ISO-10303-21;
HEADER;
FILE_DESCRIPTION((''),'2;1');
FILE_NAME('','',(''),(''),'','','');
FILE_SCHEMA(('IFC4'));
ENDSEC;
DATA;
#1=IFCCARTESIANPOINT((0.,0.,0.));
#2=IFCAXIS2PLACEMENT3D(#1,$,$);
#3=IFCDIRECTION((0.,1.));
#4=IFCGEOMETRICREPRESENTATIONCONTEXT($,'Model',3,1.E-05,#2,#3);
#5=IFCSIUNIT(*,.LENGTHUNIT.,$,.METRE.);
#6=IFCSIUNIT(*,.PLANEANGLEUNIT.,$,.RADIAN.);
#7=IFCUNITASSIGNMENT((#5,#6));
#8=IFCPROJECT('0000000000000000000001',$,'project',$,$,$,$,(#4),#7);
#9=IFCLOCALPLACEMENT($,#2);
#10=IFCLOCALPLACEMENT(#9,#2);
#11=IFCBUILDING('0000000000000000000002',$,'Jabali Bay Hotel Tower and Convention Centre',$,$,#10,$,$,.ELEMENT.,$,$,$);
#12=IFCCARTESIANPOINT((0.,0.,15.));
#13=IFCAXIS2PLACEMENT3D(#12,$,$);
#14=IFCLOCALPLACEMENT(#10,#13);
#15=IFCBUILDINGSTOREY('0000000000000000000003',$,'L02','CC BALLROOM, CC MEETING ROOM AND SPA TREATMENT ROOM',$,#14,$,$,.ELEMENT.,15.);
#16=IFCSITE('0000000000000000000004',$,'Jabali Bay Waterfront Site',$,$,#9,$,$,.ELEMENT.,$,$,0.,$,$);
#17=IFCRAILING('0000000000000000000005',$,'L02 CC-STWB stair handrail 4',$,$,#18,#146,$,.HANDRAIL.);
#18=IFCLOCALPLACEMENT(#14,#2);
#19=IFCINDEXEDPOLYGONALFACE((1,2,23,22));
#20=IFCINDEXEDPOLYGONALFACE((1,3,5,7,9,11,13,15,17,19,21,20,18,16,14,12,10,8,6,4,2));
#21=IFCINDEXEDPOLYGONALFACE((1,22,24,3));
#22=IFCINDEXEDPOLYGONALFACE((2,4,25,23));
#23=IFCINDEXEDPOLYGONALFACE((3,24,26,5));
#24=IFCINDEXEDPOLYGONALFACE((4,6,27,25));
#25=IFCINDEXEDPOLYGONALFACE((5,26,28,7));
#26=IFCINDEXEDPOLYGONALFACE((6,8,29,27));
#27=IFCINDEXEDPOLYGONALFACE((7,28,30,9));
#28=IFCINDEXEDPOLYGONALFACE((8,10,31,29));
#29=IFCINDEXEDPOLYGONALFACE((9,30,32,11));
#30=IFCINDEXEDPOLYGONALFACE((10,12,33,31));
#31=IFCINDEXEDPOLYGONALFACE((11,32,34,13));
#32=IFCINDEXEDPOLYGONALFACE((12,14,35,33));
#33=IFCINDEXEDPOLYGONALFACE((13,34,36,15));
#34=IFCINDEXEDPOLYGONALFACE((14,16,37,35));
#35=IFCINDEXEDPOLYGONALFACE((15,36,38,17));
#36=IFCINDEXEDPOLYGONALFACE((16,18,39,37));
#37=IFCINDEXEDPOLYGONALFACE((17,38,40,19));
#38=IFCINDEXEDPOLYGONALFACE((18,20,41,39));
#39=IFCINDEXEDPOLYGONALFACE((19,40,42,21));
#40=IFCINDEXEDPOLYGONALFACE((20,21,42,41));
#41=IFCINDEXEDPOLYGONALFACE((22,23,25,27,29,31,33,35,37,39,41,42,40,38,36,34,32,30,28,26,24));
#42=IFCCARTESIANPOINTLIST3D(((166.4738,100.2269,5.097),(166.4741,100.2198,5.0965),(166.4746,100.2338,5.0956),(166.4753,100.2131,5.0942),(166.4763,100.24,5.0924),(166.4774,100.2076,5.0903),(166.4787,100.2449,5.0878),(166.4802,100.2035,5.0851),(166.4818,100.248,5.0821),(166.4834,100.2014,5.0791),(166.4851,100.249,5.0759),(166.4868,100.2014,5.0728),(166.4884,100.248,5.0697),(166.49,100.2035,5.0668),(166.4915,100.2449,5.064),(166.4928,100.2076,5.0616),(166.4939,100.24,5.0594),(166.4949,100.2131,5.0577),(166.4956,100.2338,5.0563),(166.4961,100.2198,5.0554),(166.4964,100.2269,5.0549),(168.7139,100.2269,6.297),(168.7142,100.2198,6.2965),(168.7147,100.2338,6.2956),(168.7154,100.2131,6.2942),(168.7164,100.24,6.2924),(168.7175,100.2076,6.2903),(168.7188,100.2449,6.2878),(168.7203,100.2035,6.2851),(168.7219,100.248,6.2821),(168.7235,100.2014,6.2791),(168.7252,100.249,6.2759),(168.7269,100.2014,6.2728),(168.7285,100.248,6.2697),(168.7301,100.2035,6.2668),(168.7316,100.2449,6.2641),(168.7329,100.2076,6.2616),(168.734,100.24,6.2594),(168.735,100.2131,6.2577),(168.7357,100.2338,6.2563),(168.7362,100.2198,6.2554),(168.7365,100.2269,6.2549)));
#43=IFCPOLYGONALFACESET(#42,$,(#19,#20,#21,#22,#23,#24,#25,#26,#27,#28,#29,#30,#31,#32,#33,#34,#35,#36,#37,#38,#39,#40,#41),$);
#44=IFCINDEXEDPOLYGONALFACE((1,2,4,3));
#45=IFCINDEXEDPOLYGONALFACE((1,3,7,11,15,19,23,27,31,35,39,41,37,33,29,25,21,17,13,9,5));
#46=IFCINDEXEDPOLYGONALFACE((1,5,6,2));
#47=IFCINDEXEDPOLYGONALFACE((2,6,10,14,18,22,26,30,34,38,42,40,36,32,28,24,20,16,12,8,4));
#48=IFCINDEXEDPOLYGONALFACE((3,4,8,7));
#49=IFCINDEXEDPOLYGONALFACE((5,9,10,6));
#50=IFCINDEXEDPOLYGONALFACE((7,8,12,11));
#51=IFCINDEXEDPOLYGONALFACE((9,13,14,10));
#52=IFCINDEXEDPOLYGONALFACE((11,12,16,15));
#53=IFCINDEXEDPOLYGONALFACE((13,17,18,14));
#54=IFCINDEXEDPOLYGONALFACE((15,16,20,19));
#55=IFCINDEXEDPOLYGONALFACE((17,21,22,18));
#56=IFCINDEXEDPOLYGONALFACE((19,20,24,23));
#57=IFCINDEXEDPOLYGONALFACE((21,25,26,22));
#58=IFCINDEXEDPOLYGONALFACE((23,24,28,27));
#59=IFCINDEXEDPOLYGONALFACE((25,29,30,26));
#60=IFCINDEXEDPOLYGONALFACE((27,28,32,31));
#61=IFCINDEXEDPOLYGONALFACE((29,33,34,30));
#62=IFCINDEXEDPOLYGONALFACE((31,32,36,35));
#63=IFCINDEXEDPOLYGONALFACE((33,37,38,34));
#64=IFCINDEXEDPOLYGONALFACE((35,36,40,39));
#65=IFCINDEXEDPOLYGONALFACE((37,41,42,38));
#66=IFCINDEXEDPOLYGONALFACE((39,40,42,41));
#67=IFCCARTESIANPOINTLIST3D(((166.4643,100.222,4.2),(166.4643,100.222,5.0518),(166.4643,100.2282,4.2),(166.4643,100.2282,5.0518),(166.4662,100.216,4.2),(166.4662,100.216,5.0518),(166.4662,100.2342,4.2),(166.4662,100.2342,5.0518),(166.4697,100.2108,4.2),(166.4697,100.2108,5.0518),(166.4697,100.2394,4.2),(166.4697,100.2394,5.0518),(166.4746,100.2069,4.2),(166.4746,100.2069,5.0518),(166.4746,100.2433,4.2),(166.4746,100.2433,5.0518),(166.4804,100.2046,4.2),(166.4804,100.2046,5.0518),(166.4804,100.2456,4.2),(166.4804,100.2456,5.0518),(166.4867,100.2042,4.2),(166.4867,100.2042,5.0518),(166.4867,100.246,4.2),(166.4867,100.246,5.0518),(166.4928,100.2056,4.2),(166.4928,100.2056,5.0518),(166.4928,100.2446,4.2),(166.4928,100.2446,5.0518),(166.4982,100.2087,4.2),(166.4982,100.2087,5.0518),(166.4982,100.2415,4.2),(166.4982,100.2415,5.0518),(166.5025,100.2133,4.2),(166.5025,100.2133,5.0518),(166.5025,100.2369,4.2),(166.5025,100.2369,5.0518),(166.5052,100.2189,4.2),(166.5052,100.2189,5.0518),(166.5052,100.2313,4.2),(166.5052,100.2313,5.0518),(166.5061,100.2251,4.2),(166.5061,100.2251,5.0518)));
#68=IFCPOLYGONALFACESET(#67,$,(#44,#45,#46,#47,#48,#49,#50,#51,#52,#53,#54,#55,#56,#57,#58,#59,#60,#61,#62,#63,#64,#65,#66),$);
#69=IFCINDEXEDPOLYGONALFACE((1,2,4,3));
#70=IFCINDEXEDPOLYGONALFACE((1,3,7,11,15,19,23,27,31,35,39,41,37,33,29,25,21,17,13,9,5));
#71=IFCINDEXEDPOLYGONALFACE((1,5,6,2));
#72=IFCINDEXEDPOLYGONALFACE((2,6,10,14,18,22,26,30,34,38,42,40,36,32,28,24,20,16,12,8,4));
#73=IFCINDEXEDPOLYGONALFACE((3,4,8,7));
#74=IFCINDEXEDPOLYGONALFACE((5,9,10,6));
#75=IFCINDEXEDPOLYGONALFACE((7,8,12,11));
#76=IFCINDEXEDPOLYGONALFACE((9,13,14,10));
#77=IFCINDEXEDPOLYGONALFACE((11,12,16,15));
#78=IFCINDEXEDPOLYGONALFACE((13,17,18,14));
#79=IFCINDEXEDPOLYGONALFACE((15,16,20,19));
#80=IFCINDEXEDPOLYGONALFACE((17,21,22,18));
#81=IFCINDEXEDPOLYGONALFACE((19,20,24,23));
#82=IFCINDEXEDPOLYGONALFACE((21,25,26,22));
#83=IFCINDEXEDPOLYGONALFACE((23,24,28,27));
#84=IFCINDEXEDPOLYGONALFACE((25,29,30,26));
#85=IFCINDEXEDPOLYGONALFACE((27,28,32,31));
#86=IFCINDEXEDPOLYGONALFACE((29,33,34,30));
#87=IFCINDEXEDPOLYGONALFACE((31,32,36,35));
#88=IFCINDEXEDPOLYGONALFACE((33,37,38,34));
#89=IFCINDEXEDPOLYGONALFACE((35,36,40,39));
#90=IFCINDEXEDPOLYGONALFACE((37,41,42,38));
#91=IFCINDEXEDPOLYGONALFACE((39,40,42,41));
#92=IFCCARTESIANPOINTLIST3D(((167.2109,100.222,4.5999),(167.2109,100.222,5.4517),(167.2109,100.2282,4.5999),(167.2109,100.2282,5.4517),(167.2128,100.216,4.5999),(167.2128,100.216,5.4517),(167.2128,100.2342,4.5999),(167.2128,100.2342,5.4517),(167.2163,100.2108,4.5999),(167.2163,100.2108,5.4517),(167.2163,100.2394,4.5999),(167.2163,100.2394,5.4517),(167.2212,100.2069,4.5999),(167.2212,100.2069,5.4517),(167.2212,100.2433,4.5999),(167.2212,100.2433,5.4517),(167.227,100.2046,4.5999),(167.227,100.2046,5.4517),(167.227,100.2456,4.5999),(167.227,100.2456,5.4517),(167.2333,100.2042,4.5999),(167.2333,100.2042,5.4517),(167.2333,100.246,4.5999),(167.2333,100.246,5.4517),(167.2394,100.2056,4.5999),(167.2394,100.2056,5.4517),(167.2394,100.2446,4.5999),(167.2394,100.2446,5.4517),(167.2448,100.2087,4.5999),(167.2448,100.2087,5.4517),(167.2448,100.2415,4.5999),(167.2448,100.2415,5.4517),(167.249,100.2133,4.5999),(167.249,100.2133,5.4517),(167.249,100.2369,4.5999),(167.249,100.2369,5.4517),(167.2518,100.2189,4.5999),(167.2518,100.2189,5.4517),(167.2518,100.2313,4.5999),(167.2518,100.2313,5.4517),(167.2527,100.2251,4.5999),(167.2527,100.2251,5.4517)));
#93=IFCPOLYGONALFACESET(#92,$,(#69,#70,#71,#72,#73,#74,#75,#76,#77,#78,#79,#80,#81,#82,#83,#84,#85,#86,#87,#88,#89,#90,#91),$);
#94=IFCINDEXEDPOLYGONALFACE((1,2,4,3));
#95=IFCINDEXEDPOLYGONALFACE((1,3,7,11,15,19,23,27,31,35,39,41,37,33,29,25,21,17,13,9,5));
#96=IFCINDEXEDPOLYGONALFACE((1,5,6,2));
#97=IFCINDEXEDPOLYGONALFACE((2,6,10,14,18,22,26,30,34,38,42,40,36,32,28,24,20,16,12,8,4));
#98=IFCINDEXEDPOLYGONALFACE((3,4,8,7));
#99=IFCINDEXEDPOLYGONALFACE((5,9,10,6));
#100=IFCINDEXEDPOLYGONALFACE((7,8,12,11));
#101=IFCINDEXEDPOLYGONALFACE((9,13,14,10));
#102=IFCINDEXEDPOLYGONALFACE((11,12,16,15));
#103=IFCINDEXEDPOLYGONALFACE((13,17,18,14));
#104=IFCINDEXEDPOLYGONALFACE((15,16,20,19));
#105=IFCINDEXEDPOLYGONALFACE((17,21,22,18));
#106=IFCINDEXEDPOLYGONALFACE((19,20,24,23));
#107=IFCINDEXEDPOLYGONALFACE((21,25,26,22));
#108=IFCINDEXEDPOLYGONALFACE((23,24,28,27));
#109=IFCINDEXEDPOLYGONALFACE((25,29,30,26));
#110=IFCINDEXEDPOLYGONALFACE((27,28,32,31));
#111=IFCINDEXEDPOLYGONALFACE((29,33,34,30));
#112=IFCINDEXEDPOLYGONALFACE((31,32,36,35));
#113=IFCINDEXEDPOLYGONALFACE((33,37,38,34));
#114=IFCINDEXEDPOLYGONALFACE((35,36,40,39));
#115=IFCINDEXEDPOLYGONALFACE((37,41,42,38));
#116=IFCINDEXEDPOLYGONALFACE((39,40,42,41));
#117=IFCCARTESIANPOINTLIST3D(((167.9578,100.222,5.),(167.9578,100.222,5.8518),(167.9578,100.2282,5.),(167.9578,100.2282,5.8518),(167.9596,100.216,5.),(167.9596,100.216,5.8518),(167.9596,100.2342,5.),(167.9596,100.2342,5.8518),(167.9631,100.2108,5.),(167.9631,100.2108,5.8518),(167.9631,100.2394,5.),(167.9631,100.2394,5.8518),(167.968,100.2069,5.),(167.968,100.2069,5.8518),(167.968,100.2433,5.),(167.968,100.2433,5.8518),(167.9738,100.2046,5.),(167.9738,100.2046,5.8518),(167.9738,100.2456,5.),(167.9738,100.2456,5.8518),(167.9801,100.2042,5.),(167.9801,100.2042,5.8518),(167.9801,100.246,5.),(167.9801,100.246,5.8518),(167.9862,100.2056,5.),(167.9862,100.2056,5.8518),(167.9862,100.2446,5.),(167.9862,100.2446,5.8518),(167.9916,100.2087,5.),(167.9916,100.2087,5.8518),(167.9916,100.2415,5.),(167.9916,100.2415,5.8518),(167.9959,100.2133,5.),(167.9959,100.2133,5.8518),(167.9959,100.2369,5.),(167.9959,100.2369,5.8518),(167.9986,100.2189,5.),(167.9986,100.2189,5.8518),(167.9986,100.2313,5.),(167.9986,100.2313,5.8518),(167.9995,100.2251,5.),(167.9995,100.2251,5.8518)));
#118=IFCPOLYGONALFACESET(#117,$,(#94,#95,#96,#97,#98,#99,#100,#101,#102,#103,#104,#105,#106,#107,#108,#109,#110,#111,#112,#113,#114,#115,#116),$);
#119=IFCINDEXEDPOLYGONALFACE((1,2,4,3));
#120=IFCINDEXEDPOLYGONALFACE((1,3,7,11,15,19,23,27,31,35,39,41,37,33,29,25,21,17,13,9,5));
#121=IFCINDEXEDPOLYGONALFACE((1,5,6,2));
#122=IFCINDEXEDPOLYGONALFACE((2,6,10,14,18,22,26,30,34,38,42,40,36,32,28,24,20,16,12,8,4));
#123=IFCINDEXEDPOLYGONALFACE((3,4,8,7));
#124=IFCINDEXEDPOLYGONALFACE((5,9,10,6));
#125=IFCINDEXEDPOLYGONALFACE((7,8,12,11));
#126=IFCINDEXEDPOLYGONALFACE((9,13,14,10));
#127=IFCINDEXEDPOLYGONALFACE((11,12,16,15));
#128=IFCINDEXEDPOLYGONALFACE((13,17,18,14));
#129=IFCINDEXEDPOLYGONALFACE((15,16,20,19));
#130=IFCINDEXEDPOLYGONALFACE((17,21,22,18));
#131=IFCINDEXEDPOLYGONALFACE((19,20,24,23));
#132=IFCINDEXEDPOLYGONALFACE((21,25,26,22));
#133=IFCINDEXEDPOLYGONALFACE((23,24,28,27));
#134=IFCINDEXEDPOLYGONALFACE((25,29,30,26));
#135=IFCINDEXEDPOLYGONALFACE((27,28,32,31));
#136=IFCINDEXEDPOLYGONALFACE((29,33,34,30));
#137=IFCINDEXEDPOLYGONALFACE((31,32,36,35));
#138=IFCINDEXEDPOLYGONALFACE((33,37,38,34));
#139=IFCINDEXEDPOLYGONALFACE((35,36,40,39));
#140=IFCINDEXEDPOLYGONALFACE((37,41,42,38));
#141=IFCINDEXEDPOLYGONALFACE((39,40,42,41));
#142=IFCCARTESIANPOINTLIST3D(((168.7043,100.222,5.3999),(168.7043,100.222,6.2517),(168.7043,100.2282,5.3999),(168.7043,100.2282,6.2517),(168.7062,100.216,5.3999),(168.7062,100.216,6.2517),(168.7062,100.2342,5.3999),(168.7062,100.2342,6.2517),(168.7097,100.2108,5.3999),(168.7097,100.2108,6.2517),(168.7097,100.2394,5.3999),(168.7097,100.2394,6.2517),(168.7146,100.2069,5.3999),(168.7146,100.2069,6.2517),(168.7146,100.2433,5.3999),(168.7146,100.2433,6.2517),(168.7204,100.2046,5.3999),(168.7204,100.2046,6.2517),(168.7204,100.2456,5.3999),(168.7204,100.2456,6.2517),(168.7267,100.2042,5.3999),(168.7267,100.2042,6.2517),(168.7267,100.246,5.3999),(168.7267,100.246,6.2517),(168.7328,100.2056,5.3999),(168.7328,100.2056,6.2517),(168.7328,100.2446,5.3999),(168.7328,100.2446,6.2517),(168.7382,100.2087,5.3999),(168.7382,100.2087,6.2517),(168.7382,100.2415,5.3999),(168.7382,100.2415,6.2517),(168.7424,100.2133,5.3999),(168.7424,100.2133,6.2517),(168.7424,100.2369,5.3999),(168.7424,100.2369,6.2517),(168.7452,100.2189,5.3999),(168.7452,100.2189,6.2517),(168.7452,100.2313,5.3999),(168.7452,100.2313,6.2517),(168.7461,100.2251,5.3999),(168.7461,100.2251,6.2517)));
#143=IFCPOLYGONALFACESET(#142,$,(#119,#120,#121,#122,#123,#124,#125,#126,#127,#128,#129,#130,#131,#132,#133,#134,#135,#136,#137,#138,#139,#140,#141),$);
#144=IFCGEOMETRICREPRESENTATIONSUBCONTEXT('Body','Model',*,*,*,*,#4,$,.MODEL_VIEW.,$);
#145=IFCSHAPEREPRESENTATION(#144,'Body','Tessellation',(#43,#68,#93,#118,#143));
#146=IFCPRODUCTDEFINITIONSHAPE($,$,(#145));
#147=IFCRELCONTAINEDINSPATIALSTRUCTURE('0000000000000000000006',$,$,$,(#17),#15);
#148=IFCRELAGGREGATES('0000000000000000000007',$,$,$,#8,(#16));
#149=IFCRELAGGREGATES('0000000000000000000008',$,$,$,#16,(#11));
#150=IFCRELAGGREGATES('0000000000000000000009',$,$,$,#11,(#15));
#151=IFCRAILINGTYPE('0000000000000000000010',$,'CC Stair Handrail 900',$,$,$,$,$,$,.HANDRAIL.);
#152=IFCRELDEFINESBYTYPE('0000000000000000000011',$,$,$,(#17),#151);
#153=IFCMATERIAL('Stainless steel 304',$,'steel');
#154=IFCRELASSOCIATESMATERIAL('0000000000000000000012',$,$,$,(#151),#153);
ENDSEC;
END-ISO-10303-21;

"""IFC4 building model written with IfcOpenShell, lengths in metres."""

from ifc_helpers import new_model, si_unit, direction, frame, origin, origin_2d, place, context, subcontext, project, spatial, circle, extrude, material, type_object, element, save


model = new_model("IFC4")

# Units and contexts
model_context = context("Model", 3, precision=1e-05, world=origin(), true_north=direction((0.0, 1.0)))
body_context = subcontext(model_context, "Body", "Model", "MODEL_VIEW")
ifc_project = project(units=[si_unit("LENGTHUNIT", "METRE"), si_unit("PLANEANGLEUNIT", "RADIAN")], contexts=[model_context])

# Site, building, storey
site_placement = place(None, origin())
site = spatial("IfcSite", under=ifc_project, at=site_placement, Name="Jabali Bay Waterfront Site", CompositionType="ELEMENT", RefElevation=0.0)
building_placement = place(site_placement, origin())
building = spatial("IfcBuilding", under=site, at=building_placement, Name="Jabali Bay Hotel Tower and Convention Centre", CompositionType="ELEMENT")
storey_placement = place(building_placement, frame((0.0, 0.0, 15.0)))
storey = spatial("IfcBuildingStorey", under=building, at=storey_placement, Name="L02", Description="CC BALLROOM, CC MEETING ROOM AND SPA TREATMENT ROOM", CompositionType="ELEMENT", Elevation=15.0)

# Railing
ifc_material_1 = material(Name="Stainless steel 304", Category="steel")
railing_type_1 = type_object("IfcRailingType", Name="CC Stair Handrail 900", PredefinedType="HANDRAIL", material=ifc_material_1)
for number, where, name in (
    (1, (166.4851, 100.2251, 4.2), "L02 CC-STWB stair handrail 4"),
):
    element("IfcRailing", number, at=place(storey_placement, frame(where)), inside=storey, type_object=railing_type_1, Name=name, PredefinedType="HANDRAIL", context=body_context, shape_type="SweptSolid", body=[
        extrude(circle(Radius=0.0239, at=origin_2d()), frame((0.0, 0.0, 0.876), z_axis=(0.881487, 0.0, 0.472208), x_axis=(0.0, 1.0, 0.0)), (0.0, 0.0, 1.0), 2.5413),
        extrude(circle(Radius=0.021, at=origin_2d()), origin(), (0.0, 0.0, 1.0), 0.8518),
        extrude(circle(Radius=0.021, at=origin_2d()), frame((0.7466, 0.0, 0.3999)), (0.0, 0.0, 1.0), 0.8518),
        extrude(circle(Radius=0.021, at=origin_2d()), frame((1.4934, 0.0, 0.8)), (0.0, 0.0, 1.0), 0.8518),
        extrude(circle(Radius=0.021, at=origin_2d()), frame((2.24, 0.0, 1.2)), (0.0, 0.0, 1.0), 0.8518),
    ])

save(model, "model.ifc")
